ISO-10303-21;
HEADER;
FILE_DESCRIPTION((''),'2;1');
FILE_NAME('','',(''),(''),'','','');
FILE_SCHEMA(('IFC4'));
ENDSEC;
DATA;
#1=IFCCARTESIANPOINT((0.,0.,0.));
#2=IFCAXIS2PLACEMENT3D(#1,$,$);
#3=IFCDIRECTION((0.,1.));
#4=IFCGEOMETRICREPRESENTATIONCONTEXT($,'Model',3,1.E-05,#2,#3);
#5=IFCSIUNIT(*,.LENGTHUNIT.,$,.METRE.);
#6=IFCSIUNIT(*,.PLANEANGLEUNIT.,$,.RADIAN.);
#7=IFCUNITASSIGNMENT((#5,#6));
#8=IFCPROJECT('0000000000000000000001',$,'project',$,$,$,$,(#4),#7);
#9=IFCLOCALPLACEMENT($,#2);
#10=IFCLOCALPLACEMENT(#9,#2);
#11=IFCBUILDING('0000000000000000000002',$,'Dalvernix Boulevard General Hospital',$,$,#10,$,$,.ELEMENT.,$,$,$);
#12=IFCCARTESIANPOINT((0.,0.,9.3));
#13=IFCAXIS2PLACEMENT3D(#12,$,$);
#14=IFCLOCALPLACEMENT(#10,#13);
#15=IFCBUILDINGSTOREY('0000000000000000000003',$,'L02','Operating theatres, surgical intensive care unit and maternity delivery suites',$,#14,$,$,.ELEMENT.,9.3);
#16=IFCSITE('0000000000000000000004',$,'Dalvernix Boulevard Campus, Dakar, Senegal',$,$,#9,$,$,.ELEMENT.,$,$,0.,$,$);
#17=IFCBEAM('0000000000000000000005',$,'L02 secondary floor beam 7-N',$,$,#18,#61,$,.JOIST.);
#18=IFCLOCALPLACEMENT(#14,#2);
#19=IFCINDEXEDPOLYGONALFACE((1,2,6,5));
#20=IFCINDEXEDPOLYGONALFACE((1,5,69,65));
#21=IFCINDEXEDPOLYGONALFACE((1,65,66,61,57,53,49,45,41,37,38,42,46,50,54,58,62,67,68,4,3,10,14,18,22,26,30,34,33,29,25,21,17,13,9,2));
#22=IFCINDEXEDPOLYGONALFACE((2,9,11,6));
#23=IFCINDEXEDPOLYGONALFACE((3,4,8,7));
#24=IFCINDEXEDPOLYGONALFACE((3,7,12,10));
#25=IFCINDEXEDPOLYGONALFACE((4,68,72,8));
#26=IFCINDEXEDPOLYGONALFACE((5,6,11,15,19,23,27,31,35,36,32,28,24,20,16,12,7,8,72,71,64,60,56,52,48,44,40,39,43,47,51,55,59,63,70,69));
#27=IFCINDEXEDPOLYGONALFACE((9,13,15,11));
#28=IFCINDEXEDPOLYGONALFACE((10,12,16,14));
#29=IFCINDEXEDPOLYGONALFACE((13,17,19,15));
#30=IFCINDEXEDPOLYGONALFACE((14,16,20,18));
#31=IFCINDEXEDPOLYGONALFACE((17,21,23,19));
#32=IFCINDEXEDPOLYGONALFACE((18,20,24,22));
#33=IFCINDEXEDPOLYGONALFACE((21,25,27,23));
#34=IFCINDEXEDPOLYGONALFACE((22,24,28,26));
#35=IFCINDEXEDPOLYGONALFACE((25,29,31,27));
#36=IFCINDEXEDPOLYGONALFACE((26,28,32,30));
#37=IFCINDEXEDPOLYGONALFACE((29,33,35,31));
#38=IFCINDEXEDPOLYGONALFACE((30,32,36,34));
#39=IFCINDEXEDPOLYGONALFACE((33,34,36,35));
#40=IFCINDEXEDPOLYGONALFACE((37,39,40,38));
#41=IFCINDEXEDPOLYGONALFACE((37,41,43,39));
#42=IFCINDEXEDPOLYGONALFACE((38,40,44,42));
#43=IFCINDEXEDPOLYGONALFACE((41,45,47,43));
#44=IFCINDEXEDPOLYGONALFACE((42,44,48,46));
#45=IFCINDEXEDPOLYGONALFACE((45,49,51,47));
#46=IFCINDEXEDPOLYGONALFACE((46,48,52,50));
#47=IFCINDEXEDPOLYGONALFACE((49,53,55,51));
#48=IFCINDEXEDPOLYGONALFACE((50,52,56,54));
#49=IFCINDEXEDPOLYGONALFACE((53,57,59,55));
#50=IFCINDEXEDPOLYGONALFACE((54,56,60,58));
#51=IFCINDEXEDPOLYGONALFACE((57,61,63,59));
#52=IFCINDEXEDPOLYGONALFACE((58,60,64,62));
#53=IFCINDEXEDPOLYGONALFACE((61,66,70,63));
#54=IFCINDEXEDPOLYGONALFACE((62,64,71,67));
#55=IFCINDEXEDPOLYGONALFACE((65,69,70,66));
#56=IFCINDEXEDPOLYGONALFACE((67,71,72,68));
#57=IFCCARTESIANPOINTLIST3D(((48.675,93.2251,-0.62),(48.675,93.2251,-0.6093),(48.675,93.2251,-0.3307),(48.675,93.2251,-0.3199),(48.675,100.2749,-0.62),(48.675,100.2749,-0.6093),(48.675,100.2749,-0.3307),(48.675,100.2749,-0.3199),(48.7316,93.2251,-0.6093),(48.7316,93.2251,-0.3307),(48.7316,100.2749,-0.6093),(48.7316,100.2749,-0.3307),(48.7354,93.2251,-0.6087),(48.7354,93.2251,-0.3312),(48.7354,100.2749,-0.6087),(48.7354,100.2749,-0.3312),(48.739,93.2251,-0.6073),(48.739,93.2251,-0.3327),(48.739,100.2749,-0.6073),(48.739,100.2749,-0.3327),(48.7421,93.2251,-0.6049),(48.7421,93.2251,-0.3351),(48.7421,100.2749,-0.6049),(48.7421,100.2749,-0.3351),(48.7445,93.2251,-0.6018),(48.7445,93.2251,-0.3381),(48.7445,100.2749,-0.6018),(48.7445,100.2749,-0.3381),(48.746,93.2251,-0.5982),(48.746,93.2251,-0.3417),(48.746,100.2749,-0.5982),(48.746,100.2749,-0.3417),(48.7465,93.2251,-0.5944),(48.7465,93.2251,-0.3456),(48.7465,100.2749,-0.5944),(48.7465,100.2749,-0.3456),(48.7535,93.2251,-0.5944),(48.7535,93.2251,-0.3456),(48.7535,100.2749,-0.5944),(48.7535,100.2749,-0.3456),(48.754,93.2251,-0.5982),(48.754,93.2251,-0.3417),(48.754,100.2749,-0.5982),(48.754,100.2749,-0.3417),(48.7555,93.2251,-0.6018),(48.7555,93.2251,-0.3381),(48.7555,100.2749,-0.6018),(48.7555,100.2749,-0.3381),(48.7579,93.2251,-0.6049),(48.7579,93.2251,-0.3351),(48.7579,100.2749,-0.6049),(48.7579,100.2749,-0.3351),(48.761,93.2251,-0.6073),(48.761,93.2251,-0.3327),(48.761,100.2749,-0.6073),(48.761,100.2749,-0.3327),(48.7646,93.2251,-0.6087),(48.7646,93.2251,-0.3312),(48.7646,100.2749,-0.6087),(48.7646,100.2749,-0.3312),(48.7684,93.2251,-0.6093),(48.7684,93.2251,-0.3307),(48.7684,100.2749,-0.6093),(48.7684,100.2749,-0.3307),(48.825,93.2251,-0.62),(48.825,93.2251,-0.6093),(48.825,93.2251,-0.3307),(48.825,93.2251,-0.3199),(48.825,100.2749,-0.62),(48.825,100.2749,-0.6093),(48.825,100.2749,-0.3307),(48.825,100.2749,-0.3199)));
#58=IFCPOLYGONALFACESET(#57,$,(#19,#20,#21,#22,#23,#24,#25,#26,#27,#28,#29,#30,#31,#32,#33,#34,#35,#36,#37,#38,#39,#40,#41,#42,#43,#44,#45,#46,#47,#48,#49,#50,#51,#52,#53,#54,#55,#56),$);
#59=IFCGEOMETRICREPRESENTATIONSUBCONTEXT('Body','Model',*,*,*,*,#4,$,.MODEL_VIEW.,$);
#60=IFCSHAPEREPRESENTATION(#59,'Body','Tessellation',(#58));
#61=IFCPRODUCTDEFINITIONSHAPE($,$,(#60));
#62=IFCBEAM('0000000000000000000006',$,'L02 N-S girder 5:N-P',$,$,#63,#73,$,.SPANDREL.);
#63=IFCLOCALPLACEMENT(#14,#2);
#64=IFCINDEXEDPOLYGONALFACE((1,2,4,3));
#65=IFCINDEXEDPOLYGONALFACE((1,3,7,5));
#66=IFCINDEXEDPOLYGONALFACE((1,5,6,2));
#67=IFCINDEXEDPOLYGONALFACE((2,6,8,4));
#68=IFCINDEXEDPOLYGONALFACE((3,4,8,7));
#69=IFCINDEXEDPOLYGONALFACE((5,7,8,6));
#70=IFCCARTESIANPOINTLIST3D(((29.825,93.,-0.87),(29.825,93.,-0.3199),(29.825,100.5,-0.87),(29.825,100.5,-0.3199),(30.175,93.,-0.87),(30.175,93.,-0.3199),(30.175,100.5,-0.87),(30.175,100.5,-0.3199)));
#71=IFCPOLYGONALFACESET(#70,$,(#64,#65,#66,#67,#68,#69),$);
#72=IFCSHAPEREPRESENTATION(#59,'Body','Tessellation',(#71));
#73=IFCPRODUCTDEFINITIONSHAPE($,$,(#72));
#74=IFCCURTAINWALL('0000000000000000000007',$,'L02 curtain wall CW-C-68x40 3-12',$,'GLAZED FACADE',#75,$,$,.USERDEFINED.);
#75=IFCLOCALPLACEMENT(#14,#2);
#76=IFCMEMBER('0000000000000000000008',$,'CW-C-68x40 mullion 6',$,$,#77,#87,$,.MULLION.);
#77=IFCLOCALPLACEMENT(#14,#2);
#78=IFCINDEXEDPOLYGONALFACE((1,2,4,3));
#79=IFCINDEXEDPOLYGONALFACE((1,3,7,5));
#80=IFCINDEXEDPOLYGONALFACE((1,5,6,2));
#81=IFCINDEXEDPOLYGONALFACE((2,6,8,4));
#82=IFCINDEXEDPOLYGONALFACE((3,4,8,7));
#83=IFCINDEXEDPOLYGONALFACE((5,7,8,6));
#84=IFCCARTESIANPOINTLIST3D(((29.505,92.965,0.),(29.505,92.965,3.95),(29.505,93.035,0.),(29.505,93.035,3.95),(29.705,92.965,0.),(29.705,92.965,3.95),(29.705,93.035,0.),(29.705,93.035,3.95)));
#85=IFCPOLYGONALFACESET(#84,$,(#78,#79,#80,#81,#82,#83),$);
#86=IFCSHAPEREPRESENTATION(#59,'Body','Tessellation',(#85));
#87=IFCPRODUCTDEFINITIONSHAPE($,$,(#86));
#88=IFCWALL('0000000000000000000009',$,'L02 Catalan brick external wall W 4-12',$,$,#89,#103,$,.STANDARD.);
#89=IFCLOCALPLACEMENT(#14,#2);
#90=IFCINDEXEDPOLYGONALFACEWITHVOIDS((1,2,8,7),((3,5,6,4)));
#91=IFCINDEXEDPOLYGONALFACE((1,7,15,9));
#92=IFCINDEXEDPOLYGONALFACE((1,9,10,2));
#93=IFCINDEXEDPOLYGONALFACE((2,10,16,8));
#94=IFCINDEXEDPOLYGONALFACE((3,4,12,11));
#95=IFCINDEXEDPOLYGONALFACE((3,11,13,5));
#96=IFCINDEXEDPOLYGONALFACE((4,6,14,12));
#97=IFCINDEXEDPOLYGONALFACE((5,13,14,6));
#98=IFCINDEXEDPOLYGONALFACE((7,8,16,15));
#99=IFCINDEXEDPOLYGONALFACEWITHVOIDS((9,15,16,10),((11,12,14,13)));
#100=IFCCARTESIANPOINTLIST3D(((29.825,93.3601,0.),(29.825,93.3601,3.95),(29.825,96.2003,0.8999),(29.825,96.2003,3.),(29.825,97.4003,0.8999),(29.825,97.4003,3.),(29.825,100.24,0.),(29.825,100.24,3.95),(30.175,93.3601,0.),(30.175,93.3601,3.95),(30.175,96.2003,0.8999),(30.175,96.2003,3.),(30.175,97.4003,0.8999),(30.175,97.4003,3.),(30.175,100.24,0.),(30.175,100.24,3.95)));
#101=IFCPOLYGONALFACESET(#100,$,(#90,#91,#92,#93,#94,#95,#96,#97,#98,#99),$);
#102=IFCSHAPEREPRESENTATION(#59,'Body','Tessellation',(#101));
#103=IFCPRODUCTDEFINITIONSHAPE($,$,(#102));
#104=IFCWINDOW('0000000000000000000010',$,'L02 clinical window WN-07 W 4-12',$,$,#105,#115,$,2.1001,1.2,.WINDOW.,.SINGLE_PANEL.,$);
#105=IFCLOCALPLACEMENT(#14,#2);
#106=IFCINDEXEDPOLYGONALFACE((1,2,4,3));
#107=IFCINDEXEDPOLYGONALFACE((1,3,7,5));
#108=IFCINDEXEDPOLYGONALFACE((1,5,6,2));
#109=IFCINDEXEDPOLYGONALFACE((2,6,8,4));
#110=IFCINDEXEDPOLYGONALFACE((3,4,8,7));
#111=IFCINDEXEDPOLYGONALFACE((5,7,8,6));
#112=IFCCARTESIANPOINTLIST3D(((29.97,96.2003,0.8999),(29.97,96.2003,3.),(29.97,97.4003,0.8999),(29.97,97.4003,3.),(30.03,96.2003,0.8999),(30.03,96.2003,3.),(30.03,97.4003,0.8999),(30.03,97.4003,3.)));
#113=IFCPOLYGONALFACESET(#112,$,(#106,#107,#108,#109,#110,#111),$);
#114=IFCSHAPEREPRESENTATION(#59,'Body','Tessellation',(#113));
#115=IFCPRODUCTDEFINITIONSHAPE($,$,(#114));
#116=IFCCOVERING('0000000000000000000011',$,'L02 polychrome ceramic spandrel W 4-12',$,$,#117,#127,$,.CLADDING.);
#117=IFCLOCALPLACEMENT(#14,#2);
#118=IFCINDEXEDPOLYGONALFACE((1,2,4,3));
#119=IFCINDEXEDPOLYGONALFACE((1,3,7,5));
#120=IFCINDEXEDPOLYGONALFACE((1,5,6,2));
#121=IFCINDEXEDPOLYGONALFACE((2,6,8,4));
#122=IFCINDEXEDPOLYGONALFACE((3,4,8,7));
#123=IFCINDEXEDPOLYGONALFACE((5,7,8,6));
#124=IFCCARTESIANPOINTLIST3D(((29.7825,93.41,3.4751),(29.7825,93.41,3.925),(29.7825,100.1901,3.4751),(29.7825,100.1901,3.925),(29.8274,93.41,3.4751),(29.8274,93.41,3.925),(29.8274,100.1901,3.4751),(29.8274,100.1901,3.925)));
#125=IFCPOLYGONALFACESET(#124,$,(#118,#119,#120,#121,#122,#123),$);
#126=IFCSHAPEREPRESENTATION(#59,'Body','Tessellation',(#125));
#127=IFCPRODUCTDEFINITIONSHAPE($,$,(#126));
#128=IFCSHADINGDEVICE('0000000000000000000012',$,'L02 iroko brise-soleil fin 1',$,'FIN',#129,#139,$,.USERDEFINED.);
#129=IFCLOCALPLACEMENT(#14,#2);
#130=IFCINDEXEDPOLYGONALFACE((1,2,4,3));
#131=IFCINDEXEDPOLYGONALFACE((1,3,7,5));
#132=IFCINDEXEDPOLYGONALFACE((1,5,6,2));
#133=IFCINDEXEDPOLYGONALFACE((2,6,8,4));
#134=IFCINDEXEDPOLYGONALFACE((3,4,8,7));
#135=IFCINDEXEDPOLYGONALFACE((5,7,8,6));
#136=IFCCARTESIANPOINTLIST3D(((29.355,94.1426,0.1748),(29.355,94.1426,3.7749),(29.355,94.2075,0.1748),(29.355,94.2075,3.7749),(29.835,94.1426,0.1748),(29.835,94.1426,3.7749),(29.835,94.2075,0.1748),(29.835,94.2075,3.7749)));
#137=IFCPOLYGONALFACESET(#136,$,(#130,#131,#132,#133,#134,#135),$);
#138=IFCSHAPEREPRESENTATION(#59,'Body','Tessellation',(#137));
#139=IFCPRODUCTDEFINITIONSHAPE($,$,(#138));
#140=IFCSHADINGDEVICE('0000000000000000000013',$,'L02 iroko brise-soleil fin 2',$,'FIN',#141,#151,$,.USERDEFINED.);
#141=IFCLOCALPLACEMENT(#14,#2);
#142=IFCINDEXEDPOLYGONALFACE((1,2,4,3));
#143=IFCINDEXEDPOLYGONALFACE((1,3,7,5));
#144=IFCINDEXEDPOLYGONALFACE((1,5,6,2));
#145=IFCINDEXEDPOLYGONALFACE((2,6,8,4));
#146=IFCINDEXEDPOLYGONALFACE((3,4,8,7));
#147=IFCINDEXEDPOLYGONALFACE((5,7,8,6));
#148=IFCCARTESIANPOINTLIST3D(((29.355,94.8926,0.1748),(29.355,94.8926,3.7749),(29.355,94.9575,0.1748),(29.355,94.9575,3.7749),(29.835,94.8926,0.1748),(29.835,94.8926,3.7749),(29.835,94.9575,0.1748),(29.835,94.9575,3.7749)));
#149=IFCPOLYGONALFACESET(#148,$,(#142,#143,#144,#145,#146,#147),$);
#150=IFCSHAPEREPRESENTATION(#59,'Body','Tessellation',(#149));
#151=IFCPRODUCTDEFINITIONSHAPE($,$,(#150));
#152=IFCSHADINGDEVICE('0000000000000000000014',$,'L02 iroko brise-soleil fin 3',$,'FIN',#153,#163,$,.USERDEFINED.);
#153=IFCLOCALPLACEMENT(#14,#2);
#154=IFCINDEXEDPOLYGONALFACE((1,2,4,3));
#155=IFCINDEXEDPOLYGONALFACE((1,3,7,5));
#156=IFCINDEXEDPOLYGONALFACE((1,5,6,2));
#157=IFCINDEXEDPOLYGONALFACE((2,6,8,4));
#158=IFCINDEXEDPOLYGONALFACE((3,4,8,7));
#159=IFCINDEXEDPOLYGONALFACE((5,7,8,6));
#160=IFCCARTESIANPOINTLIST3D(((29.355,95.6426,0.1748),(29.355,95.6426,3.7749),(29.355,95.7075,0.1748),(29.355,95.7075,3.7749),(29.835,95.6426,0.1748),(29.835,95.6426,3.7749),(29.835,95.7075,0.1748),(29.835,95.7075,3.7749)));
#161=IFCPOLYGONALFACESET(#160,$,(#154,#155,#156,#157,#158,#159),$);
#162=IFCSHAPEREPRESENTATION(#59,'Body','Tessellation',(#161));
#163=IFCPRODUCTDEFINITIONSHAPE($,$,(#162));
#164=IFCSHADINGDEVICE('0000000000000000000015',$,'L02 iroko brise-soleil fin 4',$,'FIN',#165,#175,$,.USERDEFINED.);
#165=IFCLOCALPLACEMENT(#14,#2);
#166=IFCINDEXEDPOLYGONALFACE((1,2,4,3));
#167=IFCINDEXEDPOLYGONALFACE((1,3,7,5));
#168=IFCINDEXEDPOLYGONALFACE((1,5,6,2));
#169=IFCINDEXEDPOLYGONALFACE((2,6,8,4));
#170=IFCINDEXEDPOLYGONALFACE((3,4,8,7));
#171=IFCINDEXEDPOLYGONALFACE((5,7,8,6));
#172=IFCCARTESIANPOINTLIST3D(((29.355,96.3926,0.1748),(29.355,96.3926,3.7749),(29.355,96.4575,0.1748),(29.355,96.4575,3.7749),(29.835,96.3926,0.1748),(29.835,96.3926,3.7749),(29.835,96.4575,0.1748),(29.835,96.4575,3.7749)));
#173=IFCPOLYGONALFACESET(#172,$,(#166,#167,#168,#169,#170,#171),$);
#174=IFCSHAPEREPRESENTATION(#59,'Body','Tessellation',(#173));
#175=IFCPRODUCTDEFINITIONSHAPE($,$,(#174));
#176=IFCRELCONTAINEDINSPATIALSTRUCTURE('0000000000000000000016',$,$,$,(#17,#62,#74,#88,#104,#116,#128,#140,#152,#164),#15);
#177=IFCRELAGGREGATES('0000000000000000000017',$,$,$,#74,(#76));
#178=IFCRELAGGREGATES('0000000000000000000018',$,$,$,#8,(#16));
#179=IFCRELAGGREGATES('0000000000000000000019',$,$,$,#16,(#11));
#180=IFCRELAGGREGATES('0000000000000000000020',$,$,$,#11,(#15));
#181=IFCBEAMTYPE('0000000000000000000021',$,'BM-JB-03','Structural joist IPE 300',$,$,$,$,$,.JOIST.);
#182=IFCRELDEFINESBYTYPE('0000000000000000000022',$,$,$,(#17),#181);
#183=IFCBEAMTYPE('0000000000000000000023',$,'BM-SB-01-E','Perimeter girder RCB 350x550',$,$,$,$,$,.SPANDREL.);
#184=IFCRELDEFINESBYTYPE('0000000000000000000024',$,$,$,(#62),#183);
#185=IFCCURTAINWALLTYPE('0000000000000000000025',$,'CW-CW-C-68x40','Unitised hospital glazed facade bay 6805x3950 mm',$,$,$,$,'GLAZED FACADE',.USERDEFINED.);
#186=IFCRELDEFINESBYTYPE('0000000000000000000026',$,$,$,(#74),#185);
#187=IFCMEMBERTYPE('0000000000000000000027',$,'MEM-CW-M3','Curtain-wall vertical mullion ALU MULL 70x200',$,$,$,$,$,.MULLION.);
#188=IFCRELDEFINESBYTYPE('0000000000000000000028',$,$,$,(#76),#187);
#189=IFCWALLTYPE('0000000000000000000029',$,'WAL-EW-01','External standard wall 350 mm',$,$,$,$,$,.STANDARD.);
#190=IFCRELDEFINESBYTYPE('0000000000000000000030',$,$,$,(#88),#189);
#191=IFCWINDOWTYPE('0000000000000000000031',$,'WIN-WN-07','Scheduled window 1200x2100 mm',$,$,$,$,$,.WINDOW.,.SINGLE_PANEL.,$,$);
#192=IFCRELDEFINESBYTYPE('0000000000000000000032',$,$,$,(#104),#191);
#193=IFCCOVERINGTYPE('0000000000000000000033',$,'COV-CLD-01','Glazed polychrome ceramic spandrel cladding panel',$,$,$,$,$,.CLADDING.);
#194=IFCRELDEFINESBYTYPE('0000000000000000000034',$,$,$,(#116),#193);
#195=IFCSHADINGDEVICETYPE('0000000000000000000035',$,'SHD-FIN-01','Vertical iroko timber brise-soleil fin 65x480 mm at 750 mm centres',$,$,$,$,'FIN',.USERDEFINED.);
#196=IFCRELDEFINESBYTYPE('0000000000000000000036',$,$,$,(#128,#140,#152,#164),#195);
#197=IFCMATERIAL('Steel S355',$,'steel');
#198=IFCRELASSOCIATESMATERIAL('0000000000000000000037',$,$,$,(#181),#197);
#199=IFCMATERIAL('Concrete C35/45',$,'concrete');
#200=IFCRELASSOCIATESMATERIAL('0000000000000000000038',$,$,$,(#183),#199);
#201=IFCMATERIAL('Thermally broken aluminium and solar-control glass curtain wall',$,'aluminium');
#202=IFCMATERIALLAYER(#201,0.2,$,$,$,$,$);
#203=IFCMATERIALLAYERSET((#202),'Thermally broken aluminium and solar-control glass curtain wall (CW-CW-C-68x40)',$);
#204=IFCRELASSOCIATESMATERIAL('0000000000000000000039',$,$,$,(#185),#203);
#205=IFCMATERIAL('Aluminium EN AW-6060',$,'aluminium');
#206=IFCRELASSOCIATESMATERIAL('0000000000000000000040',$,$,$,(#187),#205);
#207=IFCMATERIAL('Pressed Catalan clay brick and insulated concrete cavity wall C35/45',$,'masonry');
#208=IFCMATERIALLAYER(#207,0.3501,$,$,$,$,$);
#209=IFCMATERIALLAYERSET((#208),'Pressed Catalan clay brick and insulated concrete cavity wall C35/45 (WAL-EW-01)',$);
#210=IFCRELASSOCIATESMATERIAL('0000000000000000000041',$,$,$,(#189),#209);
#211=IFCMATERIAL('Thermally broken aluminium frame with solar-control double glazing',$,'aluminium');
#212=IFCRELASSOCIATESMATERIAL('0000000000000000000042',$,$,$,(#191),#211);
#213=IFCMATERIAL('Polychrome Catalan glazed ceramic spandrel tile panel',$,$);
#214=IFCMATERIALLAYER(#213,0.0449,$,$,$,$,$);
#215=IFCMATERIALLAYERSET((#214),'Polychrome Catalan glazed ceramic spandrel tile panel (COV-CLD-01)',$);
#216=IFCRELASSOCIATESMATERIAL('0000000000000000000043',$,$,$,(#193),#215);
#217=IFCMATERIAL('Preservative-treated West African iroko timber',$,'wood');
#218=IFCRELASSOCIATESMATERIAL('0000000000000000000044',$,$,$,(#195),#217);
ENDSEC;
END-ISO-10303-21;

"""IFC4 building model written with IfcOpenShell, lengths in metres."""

from ifc_helpers import new_model, si_unit, direction, frame, frame_2d, origin, origin_2d, place, context, subcontext, project, spatial, rectangle, i_section, extrude, material, layer, layer_set, material_profile, profile_set, type_object, element, fill, aggregate, save


model = new_model("IFC4")

# Units and contexts
model_context = context("Model", 3, precision=1e-05, world=origin(), true_north=direction((0.0, 1.0)))
body_context = subcontext(model_context, "Body", "Model", "MODEL_VIEW")
ifc_project = project(units=[si_unit("LENGTHUNIT", "METRE"), si_unit("PLANEANGLEUNIT", "RADIAN")], contexts=[model_context])

# Site, building, storey
site_placement = place(None, origin())
site = spatial("IfcSite", under=ifc_project, at=site_placement, Name="Dalvernix Boulevard Campus, Dakar, Senegal", CompositionType="ELEMENT", RefElevation=0.0)
building_placement = place(site_placement, origin())
building = spatial("IfcBuilding", under=site, at=building_placement, Name="Dalvernix Boulevard General Hospital", CompositionType="ELEMENT")
storey_placement = place(building_placement, frame((0.0, 0.0, 9.3)))
storey = spatial("IfcBuildingStorey", under=building, at=storey_placement, Name="L02", Description="Operating theatres, surgical intensive care unit and maternity delivery suites", CompositionType="ELEMENT", Elevation=9.3)

# Beams
ifc_material_1 = material(Name="Concrete C35/45", Category="concrete")
ifc_material_2 = material(Name="Steel S355", Category="steel")
ifc_material_profile_1 = material_profile(ifc_material_2, i_section(OverallWidth=0.1499, OverallDepth=0.3, WebThickness=0.0071, FlangeThickness=0.0107, FilletRadius=0.0149, at=origin_2d()), Name="IPE 300")
ifc_profile_set_1 = profile_set([ifc_material_profile_1], Name="Steel S355")
beam_type_1 = type_object("IfcBeamType", Name="BM-JB-03", Description="Structural joist IPE 300", PredefinedType="JOIST", material=ifc_profile_set_1)
beam_1_placement = place(storey_placement, frame((48.75, 93.2251, -0.47), z_axis=(0.0, 1.0, 0.0), x_axis=(-1.0, 0.0, 0.0)))
element("IfcBeam", 1, at=beam_1_placement, inside=storey, type_object=beam_type_1, Name="L02 secondary floor beam 7-N", PredefinedType="JOIST", context=body_context, shape_type="SweptSolid", body=[
    extrude(i_section(OverallWidth=0.1499, OverallDepth=0.3, WebThickness=0.0071, FlangeThickness=0.0107, FilletRadius=0.0149, at=origin_2d()), origin(), (0.0, 0.0, 1.0), 7.0498),
])
ifc_material_profile_2 = material_profile(ifc_material_1, rectangle(XDim=0.3501, YDim=0.55, at=origin_2d()), Name="RCB 350x550")
ifc_profile_set_2 = profile_set([ifc_material_profile_2], Name="Concrete C35/45")
beam_type_2 = type_object("IfcBeamType", Name="BM-SB-01-E", Description="Perimeter girder RCB 350x550", PredefinedType="SPANDREL", material=ifc_profile_set_2)
beam_2_placement = place(storey_placement, frame((30.0, 93.0, -0.595), z_axis=(0.0, 1.0, 0.0), x_axis=(-1.0, 0.0, 0.0)))
element("IfcBeam", 2, at=beam_2_placement, inside=storey, type_object=beam_type_2, Name="L02 N-S girder 5:N-P", PredefinedType="SPANDREL", context=body_context, shape_type="SweptSolid", body=[
    extrude(rectangle(XDim=0.3501, YDim=0.55, at=origin_2d()), origin(), (0.0, 0.0, 1.0), 7.5),
])

# Curtain wall, member
ifc_material_3 = material(Name="Thermally broken aluminium and solar-control glass curtain wall", Category="aluminium")
ifc_layer_1 = layer(ifc_material_3, 0.2)
ifc_layer_set_1 = layer_set([ifc_layer_1], Name="Thermally broken aluminium and solar-control glass curtain wall (CW-CW-C-68x40)")
curtain_wall_type = type_object("IfcCurtainWallType", Name="CW-CW-C-68x40", Description="Unitised hospital glazed facade bay 6805x3950 mm", ElementType="GLAZED FACADE", PredefinedType="USERDEFINED", material=ifc_layer_set_1)
curtain_wall_placement = place(storey_placement, origin())
curtain_wall = element("IfcCurtainWall", 3, at=curtain_wall_placement, inside=storey, type_object=curtain_wall_type, Name="L02 curtain wall CW-C-68x40 3-12", ObjectType="GLAZED FACADE", PredefinedType="USERDEFINED")
ifc_material_4 = material(Name="Aluminium EN AW-6060", Category="aluminium")
ifc_material_profile_3 = material_profile(ifc_material_4, rectangle(XDim=0.0701, YDim=0.2, at=origin_2d()), Name="ALU MULL 70x200")
ifc_profile_set_3 = profile_set([ifc_material_profile_3], Name="Aluminium EN AW-6060")
member_type = type_object("IfcMemberType", Name="MEM-CW-M3", Description="Curtain-wall vertical mullion ALU MULL 70x200", PredefinedType="MULLION", material=ifc_profile_set_3)
member_placement = place(storey_placement, frame((29.605, 93.0, 0.0), z_axis=(0.0, 0.0, 1.0), x_axis=(0.0, 1.0, 0.0)))
member = element("IfcMember", 4, at=member_placement, type_object=member_type, Name="CW-C-68x40 mullion 6", PredefinedType="MULLION", context=body_context, shape_type="SweptSolid", body=[
    extrude(rectangle(XDim=0.0701, YDim=0.2, at=origin_2d()), origin(), (0.0, 0.0, 1.0), 3.95),
])
aggregate(curtain_wall, [member])

# Wall, opening, window
ifc_material_5 = material(Name="Pressed Catalan clay brick and insulated concrete cavity wall C35/45", Category="masonry")
ifc_layer_2 = layer(ifc_material_5, 0.3501)
ifc_layer_set_2 = layer_set([ifc_layer_2], Name="Pressed Catalan clay brick and insulated concrete cavity wall C35/45 (WAL-EW-01)")
wall_type = type_object("IfcWallType", Name="WAL-EW-01", Description="External standard wall 350 mm", PredefinedType="STANDARD", material=ifc_layer_set_2)
wall_placement = place(storey_placement, frame((30.0, 93.3601, 0.0), z_axis=(0.0, 0.0, 1.0), x_axis=(0.0, 1.0, 0.0)))
wall = element("IfcWall", 5, at=wall_placement, inside=storey, type_object=wall_type, Name="L02 Catalan brick external wall W 4-12", PredefinedType="STANDARD", context=body_context, shape_type="SweptSolid", body=[
    extrude(rectangle(XDim=6.8799, YDim=0.3501, at=frame_2d((3.4399, 0.0))), origin(), (0.0, 0.0, 1.0), 3.95),
])
opening_placement = place(wall_placement, frame((2.8401, 0.0, 0.8999)))
opening = element("IfcOpeningElement", 6, at=opening_placement, cuts=wall, PredefinedType="OPENING", context=body_context, shape_type="SweptSolid", body=[
    extrude(rectangle(XDim=1.2, YDim=2.1001, at=frame_2d((0.6001, 1.05))), frame((0.0, 0.1851, 0.0), z_axis=(0.0, -1.0, 0.0), x_axis=(1.0, 0.0, 0.0)), (0.0, 0.0, 1.0), 0.3701),
])
ifc_material_6 = material(Name="Thermally broken aluminium frame with solar-control double glazing", Category="aluminium")
window_type = type_object("IfcWindowType", Name="WIN-WN-07", Description="Scheduled window 1200x2100 mm", PartitioningType="SINGLE_PANEL", PredefinedType="WINDOW", material=ifc_material_6)
window_placement = place(opening_placement, origin())
window = element("IfcWindow", 7, at=window_placement, inside=storey, type_object=window_type, Name="L02 clinical window WN-07 W 4-12", OverallHeight=2.1001, OverallWidth=1.2, PartitioningType="SINGLE_PANEL", PredefinedType="WINDOW", context=body_context, shape_type="SweptSolid", body=[
    extrude(rectangle(XDim=1.2, YDim=2.1001, at=frame_2d((0.6001, 1.05))), frame((0.0, 0.03, 0.0), z_axis=(0.0, -1.0, 0.0), x_axis=(1.0, 0.0, 0.0)), (0.0, 0.0, 1.0), 0.0601),
])
fill(opening, window)

# Covering
ifc_material_7 = material(Name="Polychrome Catalan glazed ceramic spandrel tile panel")
ifc_layer_3 = layer(ifc_material_7, 0.0449)
ifc_layer_set_3 = layer_set([ifc_layer_3], Name="Polychrome Catalan glazed ceramic spandrel tile panel (COV-CLD-01)")
covering_type = type_object("IfcCoveringType", Name="COV-CLD-01", Description="Glazed polychrome ceramic spandrel cladding panel", PredefinedType="CLADDING", material=ifc_layer_set_3)
covering_placement = place(storey_placement, frame((29.8049, 96.8, 3.4751), z_axis=(0.0, 0.0, 1.0), x_axis=(0.0, 1.0, 0.0)))
element("IfcCovering", 8, at=covering_placement, inside=storey, type_object=covering_type, Name="L02 polychrome ceramic spandrel W 4-12", PredefinedType="CLADDING", context=body_context, shape_type="SweptSolid", body=[
    extrude(rectangle(XDim=6.78, YDim=0.0449, at=origin_2d()), origin(), (0.0, 0.0, 1.0), 0.45),
])

# Shading devices
ifc_material_8 = material(Name="Preservative-treated West African iroko timber", Category="wood")
shading_device_type = type_object("IfcShadingDeviceType", Name="SHD-FIN-01", Description="Vertical iroko timber brise-soleil fin 65x480 mm at 750 mm centres", ElementType="FIN", PredefinedType="USERDEFINED", material=ifc_material_8)
for number, where, z_axis, x_axis, name in (
    (9, (29.595, 94.175, 0.1748), (0.0, 0.0, 1.0), (0.0, 1.0, 0.0), "L02 iroko brise-soleil fin 1"),
    (10, (29.595, 94.925, 0.1748), (0.0, 0.0, 1.0), (0.0, 1.0, 0.0), "L02 iroko brise-soleil fin 2"),
    (11, (29.595, 95.675, 0.1748), (0.0, 0.0, 1.0), (0.0, 1.0, 0.0), "L02 iroko brise-soleil fin 3"),
    (12, (29.595, 96.425, 0.1748), (0.0, 0.0, 1.0), (0.0, 1.0, 0.0), "L02 iroko brise-soleil fin 4"),
):
    element("IfcShadingDevice", number, at=place(storey_placement, frame(where, z_axis=z_axis, x_axis=x_axis)), inside=storey, type_object=shading_device_type, Name=name, ObjectType="FIN", PredefinedType="USERDEFINED", context=body_context, shape_type="SweptSolid", body=[
        extrude(rectangle(XDim=0.0649, YDim=0.48, at=origin_2d()), origin(), (0.0, 0.0, 1.0), 3.6001),
    ])

save(model, "model.ifc")
